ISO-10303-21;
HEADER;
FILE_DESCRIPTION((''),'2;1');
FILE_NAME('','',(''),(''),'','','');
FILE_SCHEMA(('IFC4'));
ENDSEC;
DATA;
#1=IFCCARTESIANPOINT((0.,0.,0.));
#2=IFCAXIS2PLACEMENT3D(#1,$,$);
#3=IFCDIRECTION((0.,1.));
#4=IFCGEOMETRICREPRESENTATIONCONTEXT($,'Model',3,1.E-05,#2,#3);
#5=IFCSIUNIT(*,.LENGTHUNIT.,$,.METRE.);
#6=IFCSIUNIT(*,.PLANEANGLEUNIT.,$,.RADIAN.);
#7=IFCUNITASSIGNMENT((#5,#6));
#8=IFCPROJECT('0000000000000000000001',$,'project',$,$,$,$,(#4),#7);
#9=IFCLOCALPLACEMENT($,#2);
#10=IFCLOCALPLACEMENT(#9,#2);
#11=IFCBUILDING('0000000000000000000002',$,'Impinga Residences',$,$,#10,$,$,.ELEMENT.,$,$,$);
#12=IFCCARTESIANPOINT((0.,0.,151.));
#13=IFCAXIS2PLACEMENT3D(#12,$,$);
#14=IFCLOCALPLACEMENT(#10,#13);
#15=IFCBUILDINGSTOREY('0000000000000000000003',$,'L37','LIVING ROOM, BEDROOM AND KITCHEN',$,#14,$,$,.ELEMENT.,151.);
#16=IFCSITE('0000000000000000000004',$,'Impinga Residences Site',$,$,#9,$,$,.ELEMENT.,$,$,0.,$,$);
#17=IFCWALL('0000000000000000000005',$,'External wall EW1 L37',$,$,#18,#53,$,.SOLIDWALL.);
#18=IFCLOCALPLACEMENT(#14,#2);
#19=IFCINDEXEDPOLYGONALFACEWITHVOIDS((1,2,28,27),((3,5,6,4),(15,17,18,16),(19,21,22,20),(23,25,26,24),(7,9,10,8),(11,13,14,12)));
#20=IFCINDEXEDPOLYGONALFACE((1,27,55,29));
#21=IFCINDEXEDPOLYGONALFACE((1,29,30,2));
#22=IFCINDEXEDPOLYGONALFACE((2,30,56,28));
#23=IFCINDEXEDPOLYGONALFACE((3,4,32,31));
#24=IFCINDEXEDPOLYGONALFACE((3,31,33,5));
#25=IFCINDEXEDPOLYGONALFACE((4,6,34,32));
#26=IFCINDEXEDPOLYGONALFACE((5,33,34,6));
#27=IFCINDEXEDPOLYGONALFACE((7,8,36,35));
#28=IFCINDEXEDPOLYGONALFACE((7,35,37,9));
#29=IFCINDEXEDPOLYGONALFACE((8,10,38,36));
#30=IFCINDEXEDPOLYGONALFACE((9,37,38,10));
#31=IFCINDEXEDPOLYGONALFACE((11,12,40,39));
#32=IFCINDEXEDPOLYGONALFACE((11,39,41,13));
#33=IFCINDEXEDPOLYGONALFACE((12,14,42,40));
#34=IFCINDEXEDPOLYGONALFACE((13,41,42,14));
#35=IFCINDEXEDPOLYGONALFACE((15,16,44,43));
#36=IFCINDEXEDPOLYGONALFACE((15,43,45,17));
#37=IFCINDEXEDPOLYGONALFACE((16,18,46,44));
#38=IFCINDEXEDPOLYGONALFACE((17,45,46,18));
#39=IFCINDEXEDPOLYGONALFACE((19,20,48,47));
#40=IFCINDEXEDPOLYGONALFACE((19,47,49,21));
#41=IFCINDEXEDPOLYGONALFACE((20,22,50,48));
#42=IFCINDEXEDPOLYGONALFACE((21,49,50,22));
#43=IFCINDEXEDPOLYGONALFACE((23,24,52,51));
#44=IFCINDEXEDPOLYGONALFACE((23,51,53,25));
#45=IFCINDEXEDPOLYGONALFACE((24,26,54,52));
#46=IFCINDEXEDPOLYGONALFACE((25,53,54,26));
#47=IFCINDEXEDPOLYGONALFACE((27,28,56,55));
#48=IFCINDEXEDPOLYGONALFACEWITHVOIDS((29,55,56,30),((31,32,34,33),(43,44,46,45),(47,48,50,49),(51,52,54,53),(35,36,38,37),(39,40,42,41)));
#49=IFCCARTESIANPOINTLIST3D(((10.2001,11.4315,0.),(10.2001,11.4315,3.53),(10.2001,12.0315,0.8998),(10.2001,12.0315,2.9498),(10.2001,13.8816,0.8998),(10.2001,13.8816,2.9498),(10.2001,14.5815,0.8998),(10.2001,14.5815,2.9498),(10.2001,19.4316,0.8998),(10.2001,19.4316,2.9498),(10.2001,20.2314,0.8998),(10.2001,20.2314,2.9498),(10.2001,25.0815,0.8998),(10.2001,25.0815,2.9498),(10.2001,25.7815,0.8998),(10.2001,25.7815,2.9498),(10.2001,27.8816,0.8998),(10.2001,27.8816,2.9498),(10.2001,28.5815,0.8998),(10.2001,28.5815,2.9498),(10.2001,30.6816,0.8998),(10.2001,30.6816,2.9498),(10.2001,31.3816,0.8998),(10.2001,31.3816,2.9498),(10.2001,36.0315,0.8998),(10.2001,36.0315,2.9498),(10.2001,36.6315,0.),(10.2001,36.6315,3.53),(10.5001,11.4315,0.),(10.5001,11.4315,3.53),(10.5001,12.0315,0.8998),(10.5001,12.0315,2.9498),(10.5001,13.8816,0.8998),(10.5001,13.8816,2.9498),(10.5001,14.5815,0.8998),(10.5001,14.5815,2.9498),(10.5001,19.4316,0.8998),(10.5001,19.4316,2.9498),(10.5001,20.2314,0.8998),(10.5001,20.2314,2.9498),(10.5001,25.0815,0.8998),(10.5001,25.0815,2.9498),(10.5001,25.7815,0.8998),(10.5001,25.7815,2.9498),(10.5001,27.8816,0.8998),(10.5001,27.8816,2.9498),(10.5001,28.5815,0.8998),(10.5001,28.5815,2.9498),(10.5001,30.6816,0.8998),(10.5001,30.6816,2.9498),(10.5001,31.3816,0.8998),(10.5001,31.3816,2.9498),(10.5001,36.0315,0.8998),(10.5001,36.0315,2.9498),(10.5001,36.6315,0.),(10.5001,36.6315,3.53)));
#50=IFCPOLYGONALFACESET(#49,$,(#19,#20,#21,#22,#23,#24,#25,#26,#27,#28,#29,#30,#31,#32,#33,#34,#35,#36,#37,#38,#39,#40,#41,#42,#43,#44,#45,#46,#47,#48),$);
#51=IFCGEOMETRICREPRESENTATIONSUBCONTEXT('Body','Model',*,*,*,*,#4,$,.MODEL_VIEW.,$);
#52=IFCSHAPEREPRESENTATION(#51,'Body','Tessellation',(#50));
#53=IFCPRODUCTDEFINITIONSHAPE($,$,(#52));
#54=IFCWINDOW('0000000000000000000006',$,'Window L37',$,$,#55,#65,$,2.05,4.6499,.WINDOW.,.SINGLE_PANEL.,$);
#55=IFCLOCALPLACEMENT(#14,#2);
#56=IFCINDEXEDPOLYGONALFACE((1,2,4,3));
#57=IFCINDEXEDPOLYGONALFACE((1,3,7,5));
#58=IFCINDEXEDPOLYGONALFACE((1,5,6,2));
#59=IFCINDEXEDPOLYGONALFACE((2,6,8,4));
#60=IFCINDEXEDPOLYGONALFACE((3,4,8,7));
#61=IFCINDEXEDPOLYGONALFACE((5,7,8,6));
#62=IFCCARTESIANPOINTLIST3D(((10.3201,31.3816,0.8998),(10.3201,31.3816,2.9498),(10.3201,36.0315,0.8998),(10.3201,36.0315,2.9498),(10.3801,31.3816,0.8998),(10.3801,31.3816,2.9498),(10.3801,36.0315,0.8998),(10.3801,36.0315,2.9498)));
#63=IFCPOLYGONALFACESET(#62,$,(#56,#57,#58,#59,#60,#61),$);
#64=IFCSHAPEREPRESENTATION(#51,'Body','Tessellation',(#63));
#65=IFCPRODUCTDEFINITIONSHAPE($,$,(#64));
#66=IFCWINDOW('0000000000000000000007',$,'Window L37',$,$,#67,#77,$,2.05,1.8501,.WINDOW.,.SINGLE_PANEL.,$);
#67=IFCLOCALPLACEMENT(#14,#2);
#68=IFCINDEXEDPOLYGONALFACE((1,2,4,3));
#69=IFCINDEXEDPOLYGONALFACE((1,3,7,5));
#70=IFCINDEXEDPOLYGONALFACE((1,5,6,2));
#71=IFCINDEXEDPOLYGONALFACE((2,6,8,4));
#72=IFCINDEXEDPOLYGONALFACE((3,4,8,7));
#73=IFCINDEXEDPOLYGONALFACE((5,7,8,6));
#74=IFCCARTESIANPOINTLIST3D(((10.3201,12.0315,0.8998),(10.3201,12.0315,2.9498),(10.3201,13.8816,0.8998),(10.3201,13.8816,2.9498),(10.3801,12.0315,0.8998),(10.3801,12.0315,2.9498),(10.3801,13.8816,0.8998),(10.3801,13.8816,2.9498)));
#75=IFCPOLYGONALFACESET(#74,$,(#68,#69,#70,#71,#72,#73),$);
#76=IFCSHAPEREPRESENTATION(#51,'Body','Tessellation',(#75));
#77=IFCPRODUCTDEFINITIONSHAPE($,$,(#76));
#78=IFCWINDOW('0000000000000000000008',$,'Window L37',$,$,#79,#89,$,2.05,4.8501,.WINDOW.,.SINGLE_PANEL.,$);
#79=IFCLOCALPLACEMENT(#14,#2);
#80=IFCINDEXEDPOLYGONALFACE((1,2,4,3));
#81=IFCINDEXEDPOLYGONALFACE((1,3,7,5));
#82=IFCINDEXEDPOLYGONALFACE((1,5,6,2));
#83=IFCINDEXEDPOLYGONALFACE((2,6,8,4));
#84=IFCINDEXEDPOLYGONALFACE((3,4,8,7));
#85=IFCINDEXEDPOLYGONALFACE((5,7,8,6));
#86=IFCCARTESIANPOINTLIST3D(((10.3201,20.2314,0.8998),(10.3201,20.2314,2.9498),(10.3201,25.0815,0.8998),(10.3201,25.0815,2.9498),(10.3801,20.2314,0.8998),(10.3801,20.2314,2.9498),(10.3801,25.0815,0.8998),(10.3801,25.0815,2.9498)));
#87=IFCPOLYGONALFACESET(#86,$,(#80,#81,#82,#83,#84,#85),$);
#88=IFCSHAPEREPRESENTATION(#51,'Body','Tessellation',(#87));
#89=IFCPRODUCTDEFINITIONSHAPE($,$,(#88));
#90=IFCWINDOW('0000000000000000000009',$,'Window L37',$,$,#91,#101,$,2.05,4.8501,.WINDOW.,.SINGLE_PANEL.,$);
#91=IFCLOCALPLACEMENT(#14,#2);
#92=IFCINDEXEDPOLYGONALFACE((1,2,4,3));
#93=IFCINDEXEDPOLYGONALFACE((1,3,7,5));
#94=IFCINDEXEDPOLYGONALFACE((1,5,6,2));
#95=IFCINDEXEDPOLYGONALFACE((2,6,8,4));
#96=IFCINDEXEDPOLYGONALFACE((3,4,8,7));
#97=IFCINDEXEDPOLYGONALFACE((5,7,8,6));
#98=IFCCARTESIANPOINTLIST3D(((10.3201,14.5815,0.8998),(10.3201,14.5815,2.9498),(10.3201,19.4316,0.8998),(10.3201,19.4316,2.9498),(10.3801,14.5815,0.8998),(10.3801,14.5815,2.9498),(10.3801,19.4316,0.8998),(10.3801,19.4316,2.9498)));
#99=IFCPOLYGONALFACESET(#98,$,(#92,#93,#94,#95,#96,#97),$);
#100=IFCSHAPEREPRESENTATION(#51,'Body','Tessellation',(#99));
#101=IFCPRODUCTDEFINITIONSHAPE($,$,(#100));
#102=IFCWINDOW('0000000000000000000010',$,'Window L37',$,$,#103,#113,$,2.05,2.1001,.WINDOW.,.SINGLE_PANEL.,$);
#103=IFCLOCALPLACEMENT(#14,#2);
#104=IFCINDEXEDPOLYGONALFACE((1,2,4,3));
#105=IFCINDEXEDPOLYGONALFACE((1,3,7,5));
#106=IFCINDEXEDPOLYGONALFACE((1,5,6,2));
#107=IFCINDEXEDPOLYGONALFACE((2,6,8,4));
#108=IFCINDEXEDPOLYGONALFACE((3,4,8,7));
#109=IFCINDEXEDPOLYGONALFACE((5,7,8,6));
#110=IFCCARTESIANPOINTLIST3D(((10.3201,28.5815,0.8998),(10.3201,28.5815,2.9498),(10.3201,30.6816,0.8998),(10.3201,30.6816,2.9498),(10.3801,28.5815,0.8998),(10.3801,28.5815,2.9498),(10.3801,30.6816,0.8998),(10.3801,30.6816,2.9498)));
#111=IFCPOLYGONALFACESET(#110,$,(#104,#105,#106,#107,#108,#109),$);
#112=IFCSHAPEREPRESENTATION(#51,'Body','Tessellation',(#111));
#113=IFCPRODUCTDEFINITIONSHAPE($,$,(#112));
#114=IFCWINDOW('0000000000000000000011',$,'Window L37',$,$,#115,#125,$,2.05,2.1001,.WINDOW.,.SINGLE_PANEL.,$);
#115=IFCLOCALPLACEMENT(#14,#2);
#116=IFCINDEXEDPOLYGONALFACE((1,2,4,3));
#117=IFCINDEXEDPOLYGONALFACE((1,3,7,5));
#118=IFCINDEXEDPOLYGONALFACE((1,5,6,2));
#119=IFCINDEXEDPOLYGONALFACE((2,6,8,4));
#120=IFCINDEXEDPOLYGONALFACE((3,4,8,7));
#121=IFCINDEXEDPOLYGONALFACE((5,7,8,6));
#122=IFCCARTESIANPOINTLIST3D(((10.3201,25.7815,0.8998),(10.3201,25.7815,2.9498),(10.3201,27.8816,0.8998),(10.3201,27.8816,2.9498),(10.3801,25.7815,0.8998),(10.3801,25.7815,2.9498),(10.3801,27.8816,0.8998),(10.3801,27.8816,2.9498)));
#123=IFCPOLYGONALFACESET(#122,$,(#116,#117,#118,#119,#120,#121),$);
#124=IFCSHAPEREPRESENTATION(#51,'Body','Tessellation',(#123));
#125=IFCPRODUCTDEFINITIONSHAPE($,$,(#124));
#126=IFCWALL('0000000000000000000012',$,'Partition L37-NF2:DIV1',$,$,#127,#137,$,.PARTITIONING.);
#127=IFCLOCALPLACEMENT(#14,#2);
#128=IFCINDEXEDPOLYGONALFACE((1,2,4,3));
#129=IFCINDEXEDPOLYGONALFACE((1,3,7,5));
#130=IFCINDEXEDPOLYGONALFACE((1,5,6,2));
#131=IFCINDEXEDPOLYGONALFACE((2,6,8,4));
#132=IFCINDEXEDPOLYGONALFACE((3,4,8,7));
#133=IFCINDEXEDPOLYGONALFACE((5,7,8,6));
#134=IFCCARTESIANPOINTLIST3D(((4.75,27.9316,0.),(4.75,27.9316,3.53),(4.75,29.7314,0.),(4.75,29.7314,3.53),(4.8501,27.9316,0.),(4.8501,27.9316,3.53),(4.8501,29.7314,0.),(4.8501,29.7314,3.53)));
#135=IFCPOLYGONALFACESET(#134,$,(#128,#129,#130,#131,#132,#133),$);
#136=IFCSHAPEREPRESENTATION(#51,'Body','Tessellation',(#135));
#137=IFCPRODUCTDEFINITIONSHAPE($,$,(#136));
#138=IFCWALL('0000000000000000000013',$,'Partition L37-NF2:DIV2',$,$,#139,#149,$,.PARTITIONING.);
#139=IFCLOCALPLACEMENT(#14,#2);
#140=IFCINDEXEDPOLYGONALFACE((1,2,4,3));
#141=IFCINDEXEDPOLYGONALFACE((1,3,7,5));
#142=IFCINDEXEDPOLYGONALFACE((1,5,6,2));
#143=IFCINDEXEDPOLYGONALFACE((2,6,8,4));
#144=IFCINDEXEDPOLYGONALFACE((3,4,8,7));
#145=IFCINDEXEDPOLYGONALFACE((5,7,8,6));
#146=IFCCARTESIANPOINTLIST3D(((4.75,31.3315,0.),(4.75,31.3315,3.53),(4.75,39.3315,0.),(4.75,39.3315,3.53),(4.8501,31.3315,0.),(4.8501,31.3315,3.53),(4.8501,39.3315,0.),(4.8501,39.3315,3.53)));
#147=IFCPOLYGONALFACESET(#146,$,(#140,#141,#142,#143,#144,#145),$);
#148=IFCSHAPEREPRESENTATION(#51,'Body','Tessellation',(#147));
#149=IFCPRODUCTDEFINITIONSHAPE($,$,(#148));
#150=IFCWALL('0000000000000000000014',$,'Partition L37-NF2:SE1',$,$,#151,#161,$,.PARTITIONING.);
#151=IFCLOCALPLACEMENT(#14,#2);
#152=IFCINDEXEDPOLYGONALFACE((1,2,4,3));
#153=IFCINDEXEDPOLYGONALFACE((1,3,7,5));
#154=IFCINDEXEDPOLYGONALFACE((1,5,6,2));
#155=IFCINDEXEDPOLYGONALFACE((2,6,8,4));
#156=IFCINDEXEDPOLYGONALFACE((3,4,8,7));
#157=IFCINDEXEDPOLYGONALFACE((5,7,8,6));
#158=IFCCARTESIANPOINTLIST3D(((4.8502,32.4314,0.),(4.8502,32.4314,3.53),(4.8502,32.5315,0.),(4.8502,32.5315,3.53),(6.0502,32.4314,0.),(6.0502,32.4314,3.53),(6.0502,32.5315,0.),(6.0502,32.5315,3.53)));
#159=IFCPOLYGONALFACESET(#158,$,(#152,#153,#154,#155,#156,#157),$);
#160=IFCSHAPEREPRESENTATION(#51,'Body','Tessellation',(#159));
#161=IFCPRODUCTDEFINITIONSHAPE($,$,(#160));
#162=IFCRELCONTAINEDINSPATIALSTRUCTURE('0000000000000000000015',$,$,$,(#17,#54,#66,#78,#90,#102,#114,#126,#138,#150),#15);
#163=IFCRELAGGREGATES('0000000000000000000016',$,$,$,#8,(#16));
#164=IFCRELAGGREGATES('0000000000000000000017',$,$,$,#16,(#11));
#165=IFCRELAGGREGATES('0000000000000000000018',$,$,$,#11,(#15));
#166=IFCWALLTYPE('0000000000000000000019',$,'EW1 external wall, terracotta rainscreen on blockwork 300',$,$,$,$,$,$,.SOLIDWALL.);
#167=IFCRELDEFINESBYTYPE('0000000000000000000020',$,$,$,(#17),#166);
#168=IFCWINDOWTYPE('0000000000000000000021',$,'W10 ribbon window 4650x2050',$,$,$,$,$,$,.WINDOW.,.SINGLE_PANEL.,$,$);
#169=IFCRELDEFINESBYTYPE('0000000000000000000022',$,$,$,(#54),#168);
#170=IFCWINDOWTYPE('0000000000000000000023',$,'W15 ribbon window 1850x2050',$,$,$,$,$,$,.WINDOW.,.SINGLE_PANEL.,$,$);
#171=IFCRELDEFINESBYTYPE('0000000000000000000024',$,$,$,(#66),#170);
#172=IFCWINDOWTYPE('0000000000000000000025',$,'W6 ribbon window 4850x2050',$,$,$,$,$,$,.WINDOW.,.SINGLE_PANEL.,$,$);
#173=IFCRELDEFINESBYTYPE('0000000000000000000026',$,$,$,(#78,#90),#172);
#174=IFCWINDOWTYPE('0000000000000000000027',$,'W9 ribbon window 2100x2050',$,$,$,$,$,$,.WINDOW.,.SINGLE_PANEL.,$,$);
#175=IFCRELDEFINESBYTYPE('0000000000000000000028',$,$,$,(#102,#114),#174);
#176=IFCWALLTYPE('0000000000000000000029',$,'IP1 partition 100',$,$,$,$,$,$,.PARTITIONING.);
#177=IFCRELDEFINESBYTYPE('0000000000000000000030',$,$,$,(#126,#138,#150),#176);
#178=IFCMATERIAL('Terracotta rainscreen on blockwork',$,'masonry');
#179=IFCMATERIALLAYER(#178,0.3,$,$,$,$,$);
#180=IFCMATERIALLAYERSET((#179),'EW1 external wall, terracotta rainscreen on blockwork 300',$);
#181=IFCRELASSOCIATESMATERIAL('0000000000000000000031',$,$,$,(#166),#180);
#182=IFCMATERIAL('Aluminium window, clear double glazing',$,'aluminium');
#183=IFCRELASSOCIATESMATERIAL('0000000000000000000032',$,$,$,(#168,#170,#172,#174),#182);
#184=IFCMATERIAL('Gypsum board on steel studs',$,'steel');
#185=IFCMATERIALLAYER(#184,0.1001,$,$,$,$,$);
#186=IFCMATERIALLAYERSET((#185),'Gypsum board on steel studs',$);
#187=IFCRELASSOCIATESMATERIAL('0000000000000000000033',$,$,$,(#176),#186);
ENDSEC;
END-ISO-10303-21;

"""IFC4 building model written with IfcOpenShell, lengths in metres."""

from ifc_helpers import new_model, si_unit, direction, frame, frame_2d, origin, place, context, subcontext, project, spatial, rectangle, extrude, material, layer, layer_set, type_object, element, fill, save


model = new_model("IFC4")

# Units and contexts
model_context = context("Model", 3, precision=1e-05, world=origin(), true_north=direction((0.0, 1.0)))
body_context = subcontext(model_context, "Body", "Model", "MODEL_VIEW")
ifc_project = project(units=[si_unit("LENGTHUNIT", "METRE"), si_unit("PLANEANGLEUNIT", "RADIAN")], contexts=[model_context])

# Site, building, storey
site_placement = place(None, origin())
site = spatial("IfcSite", under=ifc_project, at=site_placement, Name="Impinga Residences Site", CompositionType="ELEMENT", RefElevation=0.0)
building_placement = place(site_placement, origin())
building = spatial("IfcBuilding", under=site, at=building_placement, Name="Impinga Residences", CompositionType="ELEMENT")
storey_placement = place(building_placement, frame((0.0, 0.0, 151.0)))
storey = spatial("IfcBuildingStorey", under=building, at=storey_placement, Name="L37", Description="LIVING ROOM, BEDROOM AND KITCHEN", CompositionType="ELEMENT", Elevation=151.0)

# Shared definitions
ifc_material_1 = material(Name="Terracotta rainscreen on blockwork", Category="masonry")
ifc_layer_1 = layer(ifc_material_1, 0.3)
ifc_layer_set_1 = layer_set([ifc_layer_1], Name="EW1 external wall, terracotta rainscreen on blockwork 300")
wall_type_1 = type_object("IfcWallType", Name="EW1 external wall, terracotta rainscreen on blockwork 300", PredefinedType="SOLIDWALL", material=ifc_layer_set_1)

# Wall, openings, windows
wall_1_placement = place(storey_placement, frame((10.3501, 36.6316, 0.0), z_axis=(0.0, 0.0, 1.0), x_axis=(0.0, -1.0, 0.0)))
wall_1 = element("IfcWall", 1, at=wall_1_placement, inside=storey, type_object=wall_type_1, Name="External wall EW1 L37", PredefinedType="SOLIDWALL", context=body_context, shape_type="SweptSolid", body=[
    extrude(rectangle(XDim=25.2, YDim=0.3, at=frame_2d((12.6001, 0.0))), origin(), (0.0, 0.0, 1.0), 3.53),
])
opening_1_placement = place(wall_1_placement, frame((0.6001, 0.0, 0.8999)))
opening_1 = element("IfcOpeningElement", 2, at=opening_1_placement, cuts=wall_1, PredefinedType="OPENING", context=body_context, shape_type="SweptSolid", body=[
    extrude(rectangle(XDim=4.6499, YDim=2.05, at=frame_2d((2.325, 1.0249))), frame((0.0, 0.1599, 0.0), z_axis=(0.0, -1.0, 0.0), x_axis=(1.0, 0.0, 0.0)), (0.0, 0.0, 1.0), 0.3201),
])
opening_2_placement = place(wall_1_placement, frame((5.95, 0.0, 0.8999)))
opening_2 = element("IfcOpeningElement", 3, at=opening_2_placement, cuts=wall_1, PredefinedType="OPENING", context=body_context, shape_type="SweptSolid", body=[
    extrude(rectangle(XDim=2.1001, YDim=2.05, at=frame_2d((1.05, 1.0249))), frame((0.0, 0.1599, 0.0), z_axis=(0.0, -1.0, 0.0), x_axis=(1.0, 0.0, 0.0)), (0.0, 0.0, 1.0), 0.3201),
])
opening_3_placement = place(wall_1_placement, frame((8.75, 0.0, 0.8999)))
opening_3 = element("IfcOpeningElement", 4, at=opening_3_placement, cuts=wall_1, PredefinedType="OPENING", context=body_context, shape_type="SweptSolid", body=[
    extrude(rectangle(XDim=2.1001, YDim=2.05, at=frame_2d((1.05, 1.0249))), frame((0.0, 0.1599, 0.0), z_axis=(0.0, -1.0, 0.0), x_axis=(1.0, 0.0, 0.0)), (0.0, 0.0, 1.0), 0.3201),
])
opening_4_placement = place(wall_1_placement, frame((11.55, 0.0, 0.8999)))
opening_4 = element("IfcOpeningElement", 5, at=opening_4_placement, cuts=wall_1, PredefinedType="OPENING", context=body_context, shape_type="SweptSolid", body=[
    extrude(rectangle(XDim=4.8501, YDim=2.05, at=frame_2d((2.425, 1.0249))), frame((0.0, 0.1599, 0.0), z_axis=(0.0, -1.0, 0.0), x_axis=(1.0, 0.0, 0.0)), (0.0, 0.0, 1.0), 0.3201),
])
opening_5_placement = place(wall_1_placement, frame((17.2, 0.0, 0.8999)))
opening_5 = element("IfcOpeningElement", 6, at=opening_5_placement, cuts=wall_1, PredefinedType="OPENING", context=body_context, shape_type="SweptSolid", body=[
    extrude(rectangle(XDim=4.8501, YDim=2.05, at=frame_2d((2.425, 1.0249))), frame((0.0, 0.1599, 0.0), z_axis=(0.0, -1.0, 0.0), x_axis=(1.0, 0.0, 0.0)), (0.0, 0.0, 1.0), 0.3201),
])
opening_6_placement = place(wall_1_placement, frame((22.75, 0.0, 0.8999)))
opening_6 = element("IfcOpeningElement", 7, at=opening_6_placement, cuts=wall_1, PredefinedType="OPENING", context=body_context, shape_type="SweptSolid", body=[
    extrude(rectangle(XDim=1.8501, YDim=2.05, at=frame_2d((0.925, 1.0249))), frame((0.0, 0.1599, 0.0), z_axis=(0.0, -1.0, 0.0), x_axis=(1.0, 0.0, 0.0)), (0.0, 0.0, 1.0), 0.3201),
])
ifc_material_2 = material(Name="Aluminium window, clear double glazing", Category="aluminium")
window_type_1 = type_object("IfcWindowType", Name="W10 ribbon window 4650x2050", PartitioningType="SINGLE_PANEL", PredefinedType="WINDOW", material=ifc_material_2)
window_1_placement = place(opening_1_placement, origin())
window_1 = element("IfcWindow", 8, at=window_1_placement, inside=storey, type_object=window_type_1, Name="Window L37", OverallHeight=2.05, OverallWidth=4.6499, PartitioningType="SINGLE_PANEL", PredefinedType="WINDOW", context=body_context, shape_type="SweptSolid", body=[
    extrude(rectangle(XDim=4.6499, YDim=2.05, at=frame_2d((2.325, 1.0249))), frame((0.0, 0.03, 0.0), z_axis=(0.0, -1.0, 0.0), x_axis=(1.0, 0.0, 0.0)), (0.0, 0.0, 1.0), 0.0601),
])
fill(opening_1, window_1)
window_type_2 = type_object("IfcWindowType", Name="W15 ribbon window 1850x2050", PartitioningType="SINGLE_PANEL", PredefinedType="WINDOW", material=ifc_material_2)
window_2_placement = place(opening_6_placement, origin())
window_2 = element("IfcWindow", 9, at=window_2_placement, inside=storey, type_object=window_type_2, Name="Window L37", OverallHeight=2.05, OverallWidth=1.8501, PartitioningType="SINGLE_PANEL", PredefinedType="WINDOW", context=body_context, shape_type="SweptSolid", body=[
    extrude(rectangle(XDim=1.8501, YDim=2.05, at=frame_2d((0.925, 1.0249))), frame((0.0, 0.03, 0.0), z_axis=(0.0, -1.0, 0.0), x_axis=(1.0, 0.0, 0.0)), (0.0, 0.0, 1.0), 0.0601),
])
fill(opening_6, window_2)
window_type_3 = type_object("IfcWindowType", Name="W6 ribbon window 4850x2050", PartitioningType="SINGLE_PANEL", PredefinedType="WINDOW", material=ifc_material_2)
window_3_placement = place(opening_4_placement, origin())
window_3 = element("IfcWindow", 10, at=window_3_placement, inside=storey, type_object=window_type_3, Name="Window L37", OverallHeight=2.05, OverallWidth=4.8501, PartitioningType="SINGLE_PANEL", PredefinedType="WINDOW", context=body_context, shape_type="SweptSolid", body=[
    extrude(rectangle(XDim=4.8501, YDim=2.05, at=frame_2d((2.425, 1.0249))), frame((0.0, 0.03, 0.0), z_axis=(0.0, -1.0, 0.0), x_axis=(1.0, 0.0, 0.0)), (0.0, 0.0, 1.0), 0.0601),
])
fill(opening_4, window_3)
window_4_placement = place(opening_5_placement, origin())
window_4 = element("IfcWindow", 11, at=window_4_placement, inside=storey, type_object=window_type_3, Name="Window L37", OverallHeight=2.05, OverallWidth=4.8501, PartitioningType="SINGLE_PANEL", PredefinedType="WINDOW", context=body_context, shape_type="SweptSolid", body=[
    extrude(rectangle(XDim=4.8501, YDim=2.05, at=frame_2d((2.425, 1.0249))), frame((0.0, 0.03, 0.0), z_axis=(0.0, -1.0, 0.0), x_axis=(1.0, 0.0, 0.0)), (0.0, 0.0, 1.0), 0.0601),
])
fill(opening_5, window_4)
window_type_4 = type_object("IfcWindowType", Name="W9 ribbon window 2100x2050", PartitioningType="SINGLE_PANEL", PredefinedType="WINDOW", material=ifc_material_2)
window_5_placement = place(opening_2_placement, origin())
window_5 = element("IfcWindow", 12, at=window_5_placement, inside=storey, type_object=window_type_4, Name="Window L37", OverallHeight=2.05, OverallWidth=2.1001, PartitioningType="SINGLE_PANEL", PredefinedType="WINDOW", context=body_context, shape_type="SweptSolid", body=[
    extrude(rectangle(XDim=2.1001, YDim=2.05, at=frame_2d((1.05, 1.0249))), frame((0.0, 0.03, 0.0), z_axis=(0.0, -1.0, 0.0), x_axis=(1.0, 0.0, 0.0)), (0.0, 0.0, 1.0), 0.0601),
])
fill(opening_2, window_5)
window_6_placement = place(opening_3_placement, origin())
window_6 = element("IfcWindow", 13, at=window_6_placement, inside=storey, type_object=window_type_4, Name="Window L37", OverallHeight=2.05, OverallWidth=2.1001, PartitioningType="SINGLE_PANEL", PredefinedType="WINDOW", context=body_context, shape_type="SweptSolid", body=[
    extrude(rectangle(XDim=2.1001, YDim=2.05, at=frame_2d((1.05, 1.0249))), frame((0.0, 0.03, 0.0), z_axis=(0.0, -1.0, 0.0), x_axis=(1.0, 0.0, 0.0)), (0.0, 0.0, 1.0), 0.0601),
])
fill(opening_3, window_6)

# Walls
ifc_material_3 = material(Name="Gypsum board on steel studs", Category="steel")
ifc_layer_2 = layer(ifc_material_3, 0.1001)
ifc_layer_set_2 = layer_set([ifc_layer_2], Name="Gypsum board on steel studs")
wall_type_2 = type_object("IfcWallType", Name="IP1 partition 100", PredefinedType="PARTITIONING", material=ifc_layer_set_2)
wall_2_placement = place(storey_placement, frame((4.8, 27.9316, 0.0), z_axis=(0.0, 0.0, 1.0), x_axis=(0.0, 1.0, 0.0)))
element("IfcWall", 14, at=wall_2_placement, inside=storey, type_object=wall_type_2, Name="Partition L37-NF2:DIV1", PredefinedType="PARTITIONING", context=body_context, shape_type="SweptSolid", body=[
    extrude(rectangle(XDim=1.7998, YDim=0.1001, at=frame_2d((0.8999, 0.0))), origin(), (0.0, 0.0, 1.0), 3.53),
])
wall_3_placement = place(storey_placement, frame((4.8, 31.3315, 0.0), z_axis=(0.0, 0.0, 1.0), x_axis=(0.0, 1.0, 0.0)))
element("IfcWall", 15, at=wall_3_placement, inside=storey, type_object=wall_type_2, Name="Partition L37-NF2:DIV2", PredefinedType="PARTITIONING", context=body_context, shape_type="SweptSolid", body=[
    extrude(rectangle(XDim=8.0, YDim=0.1001, at=frame_2d((4.0, 0.0))), origin(), (0.0, 0.0, 1.0), 3.53),
])
wall_4_placement = place(storey_placement, frame((4.8501, 32.4814, 0.0), z_axis=(0.0, 0.0, 1.0), x_axis=(1.0, 0.0, 0.0)))
element("IfcWall", 16, at=wall_4_placement, inside=storey, type_object=wall_type_2, Name="Partition L37-NF2:SE1", PredefinedType="PARTITIONING", context=body_context, shape_type="SweptSolid", body=[
    extrude(rectangle(XDim=1.2, YDim=0.1001, at=frame_2d((0.6001, 0.0))), origin(), (0.0, 0.0, 1.0), 3.53),
])

save(model, "model.ifc")
